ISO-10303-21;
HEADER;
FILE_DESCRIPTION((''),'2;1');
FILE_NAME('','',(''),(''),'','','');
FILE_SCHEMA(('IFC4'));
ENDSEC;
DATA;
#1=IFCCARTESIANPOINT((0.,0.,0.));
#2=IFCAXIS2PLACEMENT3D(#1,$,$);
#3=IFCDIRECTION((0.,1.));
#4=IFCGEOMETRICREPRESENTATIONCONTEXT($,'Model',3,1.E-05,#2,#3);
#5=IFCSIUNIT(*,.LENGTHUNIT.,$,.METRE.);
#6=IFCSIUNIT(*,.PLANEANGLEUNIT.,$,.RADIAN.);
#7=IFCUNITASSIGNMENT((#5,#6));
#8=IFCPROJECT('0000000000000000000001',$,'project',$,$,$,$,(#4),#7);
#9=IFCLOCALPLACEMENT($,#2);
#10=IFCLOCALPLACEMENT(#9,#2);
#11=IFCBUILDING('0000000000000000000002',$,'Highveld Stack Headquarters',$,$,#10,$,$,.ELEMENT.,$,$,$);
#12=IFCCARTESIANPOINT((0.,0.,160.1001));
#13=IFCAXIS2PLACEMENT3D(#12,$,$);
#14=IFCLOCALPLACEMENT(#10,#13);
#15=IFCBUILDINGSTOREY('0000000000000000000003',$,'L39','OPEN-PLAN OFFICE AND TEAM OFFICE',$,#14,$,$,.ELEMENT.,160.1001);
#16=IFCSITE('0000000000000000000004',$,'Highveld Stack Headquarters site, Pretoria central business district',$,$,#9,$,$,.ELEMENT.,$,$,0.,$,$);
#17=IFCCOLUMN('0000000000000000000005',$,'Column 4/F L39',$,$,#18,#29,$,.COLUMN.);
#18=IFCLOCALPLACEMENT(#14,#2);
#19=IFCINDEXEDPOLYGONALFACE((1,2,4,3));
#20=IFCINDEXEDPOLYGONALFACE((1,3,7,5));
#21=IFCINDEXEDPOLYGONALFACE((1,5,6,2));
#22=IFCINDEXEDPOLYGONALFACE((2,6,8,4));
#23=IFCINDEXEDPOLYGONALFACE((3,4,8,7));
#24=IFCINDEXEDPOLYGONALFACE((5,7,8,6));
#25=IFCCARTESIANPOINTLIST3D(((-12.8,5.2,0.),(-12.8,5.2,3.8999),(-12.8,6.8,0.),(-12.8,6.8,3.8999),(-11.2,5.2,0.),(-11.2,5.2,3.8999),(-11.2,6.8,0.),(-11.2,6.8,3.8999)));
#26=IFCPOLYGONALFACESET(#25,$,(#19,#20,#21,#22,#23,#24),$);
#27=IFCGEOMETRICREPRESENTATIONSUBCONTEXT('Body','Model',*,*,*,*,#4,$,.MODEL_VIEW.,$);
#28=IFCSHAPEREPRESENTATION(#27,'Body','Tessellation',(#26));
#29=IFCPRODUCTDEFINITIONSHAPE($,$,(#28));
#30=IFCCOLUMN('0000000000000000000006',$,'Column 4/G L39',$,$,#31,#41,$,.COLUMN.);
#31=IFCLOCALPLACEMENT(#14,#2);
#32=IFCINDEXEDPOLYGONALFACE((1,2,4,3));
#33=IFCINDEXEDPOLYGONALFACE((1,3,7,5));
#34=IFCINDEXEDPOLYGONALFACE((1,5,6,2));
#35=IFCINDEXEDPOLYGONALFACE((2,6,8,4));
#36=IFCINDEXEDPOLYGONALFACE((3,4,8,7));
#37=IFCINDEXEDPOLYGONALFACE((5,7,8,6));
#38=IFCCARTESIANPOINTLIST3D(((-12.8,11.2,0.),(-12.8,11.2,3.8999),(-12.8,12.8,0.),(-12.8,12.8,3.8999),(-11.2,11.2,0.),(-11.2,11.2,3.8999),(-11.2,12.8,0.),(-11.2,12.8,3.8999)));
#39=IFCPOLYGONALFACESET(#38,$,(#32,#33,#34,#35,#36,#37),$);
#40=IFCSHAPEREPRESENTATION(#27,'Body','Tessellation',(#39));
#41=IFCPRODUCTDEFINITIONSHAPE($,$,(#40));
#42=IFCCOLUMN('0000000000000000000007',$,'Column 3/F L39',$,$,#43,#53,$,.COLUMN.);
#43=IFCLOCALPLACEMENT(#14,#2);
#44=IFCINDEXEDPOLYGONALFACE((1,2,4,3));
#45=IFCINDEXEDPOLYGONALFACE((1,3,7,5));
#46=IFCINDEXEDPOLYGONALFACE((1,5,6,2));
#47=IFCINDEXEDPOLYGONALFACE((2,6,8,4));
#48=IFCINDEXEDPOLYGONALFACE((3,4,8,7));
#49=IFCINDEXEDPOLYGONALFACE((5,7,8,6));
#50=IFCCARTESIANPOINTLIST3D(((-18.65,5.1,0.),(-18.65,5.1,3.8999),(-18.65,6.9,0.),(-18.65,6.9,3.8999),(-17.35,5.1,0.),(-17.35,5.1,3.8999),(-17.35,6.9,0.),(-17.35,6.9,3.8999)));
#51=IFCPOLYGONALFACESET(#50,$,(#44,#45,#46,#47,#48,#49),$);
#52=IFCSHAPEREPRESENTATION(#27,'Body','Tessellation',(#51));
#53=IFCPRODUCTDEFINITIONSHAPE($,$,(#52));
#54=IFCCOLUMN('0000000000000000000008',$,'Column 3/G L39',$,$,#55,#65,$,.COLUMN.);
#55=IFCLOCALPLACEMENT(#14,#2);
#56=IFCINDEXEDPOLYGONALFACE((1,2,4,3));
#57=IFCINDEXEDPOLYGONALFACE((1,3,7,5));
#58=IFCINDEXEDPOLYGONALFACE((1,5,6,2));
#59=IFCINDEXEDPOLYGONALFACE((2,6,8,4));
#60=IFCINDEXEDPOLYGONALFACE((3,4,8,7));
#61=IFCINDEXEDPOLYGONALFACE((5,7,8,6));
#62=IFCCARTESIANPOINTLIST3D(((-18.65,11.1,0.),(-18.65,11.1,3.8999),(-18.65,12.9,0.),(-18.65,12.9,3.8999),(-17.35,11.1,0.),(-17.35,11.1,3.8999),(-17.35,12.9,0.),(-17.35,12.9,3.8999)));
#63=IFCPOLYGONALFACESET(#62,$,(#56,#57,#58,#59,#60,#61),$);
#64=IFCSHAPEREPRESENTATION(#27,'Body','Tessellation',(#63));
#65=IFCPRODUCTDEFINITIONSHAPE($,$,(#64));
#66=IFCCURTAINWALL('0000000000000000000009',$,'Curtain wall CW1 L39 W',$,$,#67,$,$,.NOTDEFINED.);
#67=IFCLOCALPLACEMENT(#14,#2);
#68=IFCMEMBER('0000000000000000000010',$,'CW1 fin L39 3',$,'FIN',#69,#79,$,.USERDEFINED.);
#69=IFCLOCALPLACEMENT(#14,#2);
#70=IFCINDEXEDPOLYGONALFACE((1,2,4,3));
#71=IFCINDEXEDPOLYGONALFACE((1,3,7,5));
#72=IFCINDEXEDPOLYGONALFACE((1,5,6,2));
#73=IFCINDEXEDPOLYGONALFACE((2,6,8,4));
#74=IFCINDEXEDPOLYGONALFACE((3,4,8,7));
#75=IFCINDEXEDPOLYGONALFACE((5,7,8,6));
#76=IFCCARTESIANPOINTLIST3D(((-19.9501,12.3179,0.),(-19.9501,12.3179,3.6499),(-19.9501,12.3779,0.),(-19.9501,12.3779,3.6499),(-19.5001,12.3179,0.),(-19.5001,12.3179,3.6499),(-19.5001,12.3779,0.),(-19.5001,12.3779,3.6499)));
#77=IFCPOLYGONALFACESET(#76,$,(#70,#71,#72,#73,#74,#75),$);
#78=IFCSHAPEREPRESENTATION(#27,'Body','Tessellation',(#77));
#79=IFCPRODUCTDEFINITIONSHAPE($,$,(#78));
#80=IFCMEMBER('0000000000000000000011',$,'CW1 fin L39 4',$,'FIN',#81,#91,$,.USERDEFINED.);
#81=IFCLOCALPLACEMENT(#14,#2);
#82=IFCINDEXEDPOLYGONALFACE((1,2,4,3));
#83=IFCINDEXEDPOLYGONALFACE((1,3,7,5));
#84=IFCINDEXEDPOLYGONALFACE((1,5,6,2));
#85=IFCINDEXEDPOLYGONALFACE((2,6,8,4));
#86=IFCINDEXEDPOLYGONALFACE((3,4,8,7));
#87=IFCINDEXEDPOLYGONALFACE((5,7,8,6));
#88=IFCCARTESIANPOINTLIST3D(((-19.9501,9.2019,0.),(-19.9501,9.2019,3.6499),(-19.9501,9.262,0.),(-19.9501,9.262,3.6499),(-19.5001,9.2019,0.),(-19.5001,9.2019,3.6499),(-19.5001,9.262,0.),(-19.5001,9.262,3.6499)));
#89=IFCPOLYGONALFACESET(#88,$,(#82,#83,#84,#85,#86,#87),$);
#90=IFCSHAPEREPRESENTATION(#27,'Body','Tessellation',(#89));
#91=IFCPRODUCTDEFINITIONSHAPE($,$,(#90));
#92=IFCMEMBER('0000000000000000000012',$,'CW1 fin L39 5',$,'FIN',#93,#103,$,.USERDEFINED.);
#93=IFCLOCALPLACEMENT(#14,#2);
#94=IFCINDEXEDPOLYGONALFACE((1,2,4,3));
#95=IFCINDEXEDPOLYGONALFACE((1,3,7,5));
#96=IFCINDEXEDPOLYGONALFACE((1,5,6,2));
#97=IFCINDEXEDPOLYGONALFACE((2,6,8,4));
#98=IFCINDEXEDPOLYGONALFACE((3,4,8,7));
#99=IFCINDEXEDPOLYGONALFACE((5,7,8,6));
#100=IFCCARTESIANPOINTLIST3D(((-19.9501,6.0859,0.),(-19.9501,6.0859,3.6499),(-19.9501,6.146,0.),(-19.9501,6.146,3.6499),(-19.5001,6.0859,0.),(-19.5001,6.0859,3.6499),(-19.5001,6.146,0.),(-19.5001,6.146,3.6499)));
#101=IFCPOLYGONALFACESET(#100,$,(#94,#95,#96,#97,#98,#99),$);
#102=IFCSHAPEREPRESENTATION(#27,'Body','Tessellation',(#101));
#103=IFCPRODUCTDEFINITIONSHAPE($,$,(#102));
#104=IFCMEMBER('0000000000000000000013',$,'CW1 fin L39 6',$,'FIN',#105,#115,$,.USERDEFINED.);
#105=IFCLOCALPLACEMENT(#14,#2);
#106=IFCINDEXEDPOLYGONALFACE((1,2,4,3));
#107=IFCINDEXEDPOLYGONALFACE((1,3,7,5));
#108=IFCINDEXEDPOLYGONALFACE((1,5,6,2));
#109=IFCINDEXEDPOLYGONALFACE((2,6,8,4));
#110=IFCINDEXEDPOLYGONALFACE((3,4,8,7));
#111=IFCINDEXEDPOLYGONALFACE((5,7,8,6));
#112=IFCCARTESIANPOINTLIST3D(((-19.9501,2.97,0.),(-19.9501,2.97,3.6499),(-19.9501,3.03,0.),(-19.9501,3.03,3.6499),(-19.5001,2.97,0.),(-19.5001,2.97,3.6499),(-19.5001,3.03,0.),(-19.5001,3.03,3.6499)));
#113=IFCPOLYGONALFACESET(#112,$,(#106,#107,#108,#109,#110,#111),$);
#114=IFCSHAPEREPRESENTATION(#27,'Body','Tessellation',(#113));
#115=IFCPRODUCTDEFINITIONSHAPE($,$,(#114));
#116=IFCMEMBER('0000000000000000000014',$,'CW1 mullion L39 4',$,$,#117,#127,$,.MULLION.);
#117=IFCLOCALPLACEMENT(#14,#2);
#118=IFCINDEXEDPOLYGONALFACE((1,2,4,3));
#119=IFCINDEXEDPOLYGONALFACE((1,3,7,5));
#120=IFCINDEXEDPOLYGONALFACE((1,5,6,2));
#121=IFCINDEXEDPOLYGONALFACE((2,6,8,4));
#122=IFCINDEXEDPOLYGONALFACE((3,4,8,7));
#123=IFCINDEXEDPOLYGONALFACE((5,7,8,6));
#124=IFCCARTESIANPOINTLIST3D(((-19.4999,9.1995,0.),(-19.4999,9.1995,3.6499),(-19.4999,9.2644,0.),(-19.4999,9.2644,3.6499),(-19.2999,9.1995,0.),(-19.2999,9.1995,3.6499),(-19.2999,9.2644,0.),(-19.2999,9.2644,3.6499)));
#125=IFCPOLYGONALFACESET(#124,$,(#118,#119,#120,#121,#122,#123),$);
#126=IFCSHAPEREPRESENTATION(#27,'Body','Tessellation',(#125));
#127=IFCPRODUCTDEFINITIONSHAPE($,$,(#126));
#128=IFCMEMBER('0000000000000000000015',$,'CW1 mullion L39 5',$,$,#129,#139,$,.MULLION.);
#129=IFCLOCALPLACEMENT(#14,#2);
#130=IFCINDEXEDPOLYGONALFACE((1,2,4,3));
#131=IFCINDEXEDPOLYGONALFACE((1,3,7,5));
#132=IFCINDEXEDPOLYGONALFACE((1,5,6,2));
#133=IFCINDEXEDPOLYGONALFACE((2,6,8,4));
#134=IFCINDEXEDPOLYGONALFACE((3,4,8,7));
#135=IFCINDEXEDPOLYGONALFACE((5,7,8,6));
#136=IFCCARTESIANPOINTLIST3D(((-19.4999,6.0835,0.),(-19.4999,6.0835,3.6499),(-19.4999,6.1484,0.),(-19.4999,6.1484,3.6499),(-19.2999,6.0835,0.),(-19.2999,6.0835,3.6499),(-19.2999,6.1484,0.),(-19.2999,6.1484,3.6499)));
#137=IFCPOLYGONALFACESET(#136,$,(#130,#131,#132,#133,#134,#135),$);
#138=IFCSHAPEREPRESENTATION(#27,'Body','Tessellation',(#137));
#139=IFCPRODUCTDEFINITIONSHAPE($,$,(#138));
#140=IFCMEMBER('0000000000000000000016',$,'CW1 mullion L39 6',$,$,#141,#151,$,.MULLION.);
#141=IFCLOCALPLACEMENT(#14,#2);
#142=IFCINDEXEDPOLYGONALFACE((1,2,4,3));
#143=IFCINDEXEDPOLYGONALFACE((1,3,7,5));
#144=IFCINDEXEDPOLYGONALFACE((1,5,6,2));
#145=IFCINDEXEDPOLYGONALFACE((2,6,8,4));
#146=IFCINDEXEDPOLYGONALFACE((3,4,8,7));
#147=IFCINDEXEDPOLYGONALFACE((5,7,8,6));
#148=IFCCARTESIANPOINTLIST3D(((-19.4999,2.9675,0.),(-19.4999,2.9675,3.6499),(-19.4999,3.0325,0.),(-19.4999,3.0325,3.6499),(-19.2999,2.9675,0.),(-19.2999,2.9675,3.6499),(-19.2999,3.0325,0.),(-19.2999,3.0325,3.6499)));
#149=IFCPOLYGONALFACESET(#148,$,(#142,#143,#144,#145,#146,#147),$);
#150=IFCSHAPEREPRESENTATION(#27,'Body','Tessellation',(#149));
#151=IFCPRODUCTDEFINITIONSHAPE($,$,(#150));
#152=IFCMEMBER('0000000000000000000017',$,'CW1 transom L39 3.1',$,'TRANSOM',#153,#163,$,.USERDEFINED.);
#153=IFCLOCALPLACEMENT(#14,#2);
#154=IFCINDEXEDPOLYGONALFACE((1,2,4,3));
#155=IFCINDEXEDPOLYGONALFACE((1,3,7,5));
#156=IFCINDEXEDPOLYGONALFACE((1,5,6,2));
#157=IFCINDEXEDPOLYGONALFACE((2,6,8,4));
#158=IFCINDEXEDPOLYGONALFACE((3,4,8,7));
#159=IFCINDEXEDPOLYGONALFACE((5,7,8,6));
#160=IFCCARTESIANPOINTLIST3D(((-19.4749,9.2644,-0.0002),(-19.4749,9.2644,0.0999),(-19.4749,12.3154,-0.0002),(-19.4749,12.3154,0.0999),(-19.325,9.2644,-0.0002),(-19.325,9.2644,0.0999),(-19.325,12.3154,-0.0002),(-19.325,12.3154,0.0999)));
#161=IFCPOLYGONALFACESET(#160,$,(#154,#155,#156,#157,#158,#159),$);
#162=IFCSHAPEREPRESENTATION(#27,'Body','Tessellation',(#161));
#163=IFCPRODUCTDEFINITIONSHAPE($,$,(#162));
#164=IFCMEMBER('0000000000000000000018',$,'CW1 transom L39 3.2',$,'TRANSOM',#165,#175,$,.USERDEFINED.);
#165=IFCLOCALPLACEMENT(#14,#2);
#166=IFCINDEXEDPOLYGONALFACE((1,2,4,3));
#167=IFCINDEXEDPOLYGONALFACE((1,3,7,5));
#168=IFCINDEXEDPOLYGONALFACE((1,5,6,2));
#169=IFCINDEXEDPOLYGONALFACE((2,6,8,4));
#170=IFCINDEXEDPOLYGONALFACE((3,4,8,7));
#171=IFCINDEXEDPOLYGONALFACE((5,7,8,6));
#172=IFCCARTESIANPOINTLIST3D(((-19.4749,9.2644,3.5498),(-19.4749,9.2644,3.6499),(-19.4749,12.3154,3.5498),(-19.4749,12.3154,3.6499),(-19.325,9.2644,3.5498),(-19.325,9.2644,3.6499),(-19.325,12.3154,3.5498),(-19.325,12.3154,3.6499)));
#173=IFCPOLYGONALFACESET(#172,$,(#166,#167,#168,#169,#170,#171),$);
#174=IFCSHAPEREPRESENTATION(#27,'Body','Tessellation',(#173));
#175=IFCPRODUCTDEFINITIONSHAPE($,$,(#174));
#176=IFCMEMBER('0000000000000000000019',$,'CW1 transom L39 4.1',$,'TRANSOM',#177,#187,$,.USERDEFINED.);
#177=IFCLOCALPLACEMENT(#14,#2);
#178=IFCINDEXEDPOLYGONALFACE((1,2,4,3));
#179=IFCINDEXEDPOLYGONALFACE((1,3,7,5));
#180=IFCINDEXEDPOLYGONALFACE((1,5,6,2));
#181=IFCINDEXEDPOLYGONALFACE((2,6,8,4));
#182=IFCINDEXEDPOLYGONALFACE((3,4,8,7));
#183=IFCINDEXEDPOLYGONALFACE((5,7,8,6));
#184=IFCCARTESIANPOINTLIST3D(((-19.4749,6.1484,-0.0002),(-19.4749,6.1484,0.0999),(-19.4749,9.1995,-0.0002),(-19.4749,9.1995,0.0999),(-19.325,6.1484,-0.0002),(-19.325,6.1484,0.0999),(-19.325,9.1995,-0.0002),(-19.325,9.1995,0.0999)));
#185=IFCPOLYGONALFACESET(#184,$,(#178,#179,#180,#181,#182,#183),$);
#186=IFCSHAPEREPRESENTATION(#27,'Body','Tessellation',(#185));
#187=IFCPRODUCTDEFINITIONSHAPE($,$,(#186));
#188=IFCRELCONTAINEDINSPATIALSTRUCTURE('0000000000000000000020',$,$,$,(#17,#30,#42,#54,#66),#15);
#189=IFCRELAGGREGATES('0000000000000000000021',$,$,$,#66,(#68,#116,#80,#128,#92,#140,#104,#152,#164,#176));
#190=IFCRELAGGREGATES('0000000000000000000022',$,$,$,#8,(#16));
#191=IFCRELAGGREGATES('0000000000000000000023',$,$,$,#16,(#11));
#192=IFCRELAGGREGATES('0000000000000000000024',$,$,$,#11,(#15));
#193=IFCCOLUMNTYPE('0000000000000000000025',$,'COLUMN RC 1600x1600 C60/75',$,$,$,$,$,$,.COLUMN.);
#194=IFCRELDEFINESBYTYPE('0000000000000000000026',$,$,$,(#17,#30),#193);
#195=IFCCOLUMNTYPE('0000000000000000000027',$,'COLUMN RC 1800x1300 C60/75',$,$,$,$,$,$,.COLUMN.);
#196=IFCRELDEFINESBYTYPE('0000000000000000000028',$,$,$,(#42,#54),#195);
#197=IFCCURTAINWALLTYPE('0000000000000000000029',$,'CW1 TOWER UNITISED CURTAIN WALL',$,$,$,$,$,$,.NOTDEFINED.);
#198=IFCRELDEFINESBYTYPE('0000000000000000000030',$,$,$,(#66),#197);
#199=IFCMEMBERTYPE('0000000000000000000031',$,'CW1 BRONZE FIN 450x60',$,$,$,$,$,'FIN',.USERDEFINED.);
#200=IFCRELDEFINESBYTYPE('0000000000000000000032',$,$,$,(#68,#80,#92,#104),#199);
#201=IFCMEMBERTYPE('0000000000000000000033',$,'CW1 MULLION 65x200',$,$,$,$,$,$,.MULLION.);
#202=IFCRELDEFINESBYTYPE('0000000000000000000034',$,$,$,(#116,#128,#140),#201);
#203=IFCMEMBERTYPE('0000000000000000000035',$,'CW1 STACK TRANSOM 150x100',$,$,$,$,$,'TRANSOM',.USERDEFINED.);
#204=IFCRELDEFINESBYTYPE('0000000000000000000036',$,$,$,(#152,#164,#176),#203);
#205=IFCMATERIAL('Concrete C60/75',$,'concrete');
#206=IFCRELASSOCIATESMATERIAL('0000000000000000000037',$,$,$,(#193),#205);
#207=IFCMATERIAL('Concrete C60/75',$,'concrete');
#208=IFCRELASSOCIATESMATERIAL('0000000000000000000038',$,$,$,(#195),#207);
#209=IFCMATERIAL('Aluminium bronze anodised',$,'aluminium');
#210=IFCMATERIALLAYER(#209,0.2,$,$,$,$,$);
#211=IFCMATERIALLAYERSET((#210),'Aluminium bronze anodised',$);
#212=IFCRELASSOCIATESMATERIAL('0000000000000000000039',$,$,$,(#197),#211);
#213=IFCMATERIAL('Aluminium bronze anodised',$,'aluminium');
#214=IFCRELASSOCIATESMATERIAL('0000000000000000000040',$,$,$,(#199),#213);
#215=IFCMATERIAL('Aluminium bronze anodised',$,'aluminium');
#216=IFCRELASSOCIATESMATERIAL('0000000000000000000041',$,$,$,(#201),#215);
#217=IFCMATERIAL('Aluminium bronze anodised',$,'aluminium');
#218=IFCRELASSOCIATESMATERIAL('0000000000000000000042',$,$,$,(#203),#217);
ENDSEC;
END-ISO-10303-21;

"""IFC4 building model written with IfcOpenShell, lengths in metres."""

from ifc_helpers import new_model, si_unit, direction, frame, origin, origin_2d, place, context, subcontext, project, spatial, rectangle, extrude, material, layer, layer_set, material_profile, profile_set, type_object, element, aggregate, save


model = new_model("IFC4")

# Units and contexts
model_context = context("Model", 3, precision=1e-05, world=origin(), true_north=direction((0.0, 1.0)))
body_context = subcontext(model_context, "Body", "Model", "MODEL_VIEW")
ifc_project = project(units=[si_unit("LENGTHUNIT", "METRE"), si_unit("PLANEANGLEUNIT", "RADIAN")], contexts=[model_context])

# Site, building, storey
site_placement = place(None, origin())
site = spatial("IfcSite", under=ifc_project, at=site_placement, Name="Highveld Stack Headquarters site, Pretoria central business district", CompositionType="ELEMENT", RefElevation=0.0)
building_placement = place(site_placement, origin())
building = spatial("IfcBuilding", under=site, at=building_placement, Name="Highveld Stack Headquarters", CompositionType="ELEMENT")
storey_placement = place(building_placement, frame((0.0, 0.0, 160.1001)))
storey = spatial("IfcBuildingStorey", under=building, at=storey_placement, Name="L39", Description="OPEN-PLAN OFFICE AND TEAM OFFICE", CompositionType="ELEMENT", Elevation=160.1001)

# Columns
ifc_material_1 = material(Name="Concrete C60/75", Category="concrete")
ifc_material_profile_1 = material_profile(ifc_material_1, rectangle(XDim=1.6001, YDim=1.6001, at=origin_2d()), Name="RC 1600x1600")
ifc_profile_set_1 = profile_set([ifc_material_profile_1], Name="Concrete C60/75")
column_type_1 = type_object("IfcColumnType", Name="COLUMN RC 1600x1600 C60/75", PredefinedType="COLUMN", material=ifc_profile_set_1)
for number, where, z_axis, x_axis, name in (
    (1, (-12.0, 6.0, 0.0), (0.0, 0.0, 1.0), (1.0, 0.0, 0.0), "Column 4/F L39"),
    (2, (-12.0, 12.0, 0.0), (0.0, 0.0, 1.0), (1.0, 0.0, 0.0), "Column 4/G L39"),
):
    element("IfcColumn", number, at=place(storey_placement, frame(where, z_axis=z_axis, x_axis=x_axis)), inside=storey, type_object=column_type_1, Name=name, PredefinedType="COLUMN", context=body_context, shape_type="SweptSolid", body=[
        extrude(rectangle(XDim=1.6001, YDim=1.6001, at=origin_2d()), origin(), (0.0, 0.0, 1.0), 3.8999),
    ])
ifc_material_2 = material(Name="Concrete C60/75", Category="concrete")
ifc_material_profile_2 = material_profile(ifc_material_2, rectangle(XDim=1.8, YDim=1.3, at=origin_2d()), Name="RC 1800x1300")
ifc_profile_set_2 = profile_set([ifc_material_profile_2], Name="Concrete C60/75")
column_type_2 = type_object("IfcColumnType", Name="COLUMN RC 1800x1300 C60/75", PredefinedType="COLUMN", material=ifc_profile_set_2)
for number, where, z_axis, x_axis, name in (
    (3, (-18.0, 6.0, 0.0), (0.0, 0.0, 1.0), (0.0, 1.0, 0.0), "Column 3/F L39"),
    (4, (-18.0, 12.0, 0.0), (0.0, 0.0, 1.0), (0.0, 1.0, 0.0), "Column 3/G L39"),
):
    element("IfcColumn", number, at=place(storey_placement, frame(where, z_axis=z_axis, x_axis=x_axis)), inside=storey, type_object=column_type_2, Name=name, PredefinedType="COLUMN", context=body_context, shape_type="SweptSolid", body=[
        extrude(rectangle(XDim=1.8, YDim=1.3, at=origin_2d()), origin(), (0.0, 0.0, 1.0), 3.8999),
    ])

# Curtain wall, members
ifc_material_3 = material(Name="Aluminium bronze anodised", Category="aluminium")
ifc_layer_1 = layer(ifc_material_3, 0.2)
ifc_layer_set_1 = layer_set([ifc_layer_1], Name="Aluminium bronze anodised")
curtain_wall_type = type_object("IfcCurtainWallType", Name="CW1 TOWER UNITISED CURTAIN WALL", PredefinedType="NOTDEFINED", material=ifc_layer_set_1)
curtain_wall_placement = place(storey_placement, origin())
curtain_wall = element("IfcCurtainWall", 5, at=curtain_wall_placement, inside=storey, type_object=curtain_wall_type, Name="Curtain wall CW1 L39 W", PredefinedType="NOTDEFINED")
ifc_material_4 = material(Name="Aluminium bronze anodised", Category="aluminium")
ifc_material_profile_3 = material_profile(ifc_material_4, rectangle(XDim=0.45, YDim=0.0601, at=origin_2d()), Name="FIN 450x60")
ifc_profile_set_3 = profile_set([ifc_material_profile_3], Name="Aluminium bronze anodised")
member_type_1 = type_object("IfcMemberType", Name="CW1 BRONZE FIN 450x60", ElementType="FIN", PredefinedType="USERDEFINED", material=ifc_profile_set_3)
member_1_placement = place(storey_placement, frame((-19.7251, 12.3479, 0.0), z_axis=(0.0, 0.0, 1.0), x_axis=(1.0, 0.0, 0.0)))
member_1 = element("IfcMember", 6, at=member_1_placement, type_object=member_type_1, Name="CW1 fin L39 3", ObjectType="FIN", PredefinedType="USERDEFINED", context=body_context, shape_type="SweptSolid", body=[
    extrude(rectangle(XDim=0.45, YDim=0.0601, at=origin_2d()), origin(), (0.0, 0.0, 1.0), 3.6499),
])
member_2_placement = place(storey_placement, frame((-19.7251, 9.2319, 0.0), z_axis=(0.0, 0.0, 1.0), x_axis=(1.0, 0.0, 0.0)))
member_2 = element("IfcMember", 7, at=member_2_placement, type_object=member_type_1, Name="CW1 fin L39 4", ObjectType="FIN", PredefinedType="USERDEFINED", context=body_context, shape_type="SweptSolid", body=[
    extrude(rectangle(XDim=0.45, YDim=0.0601, at=origin_2d()), origin(), (0.0, 0.0, 1.0), 3.6499),
])
member_3_placement = place(storey_placement, frame((-19.7251, 6.116, 0.0), z_axis=(0.0, 0.0, 1.0), x_axis=(1.0, 0.0, 0.0)))
member_3 = element("IfcMember", 8, at=member_3_placement, type_object=member_type_1, Name="CW1 fin L39 5", ObjectType="FIN", PredefinedType="USERDEFINED", context=body_context, shape_type="SweptSolid", body=[
    extrude(rectangle(XDim=0.45, YDim=0.0601, at=origin_2d()), origin(), (0.0, 0.0, 1.0), 3.6499),
])
member_4_placement = place(storey_placement, frame((-19.7251, 3.0, 0.0), z_axis=(0.0, 0.0, 1.0), x_axis=(1.0, 0.0, 0.0)))
member_4 = element("IfcMember", 9, at=member_4_placement, type_object=member_type_1, Name="CW1 fin L39 6", ObjectType="FIN", PredefinedType="USERDEFINED", context=body_context, shape_type="SweptSolid", body=[
    extrude(rectangle(XDim=0.45, YDim=0.0601, at=origin_2d()), origin(), (0.0, 0.0, 1.0), 3.6499),
])
ifc_material_5 = material(Name="Aluminium bronze anodised", Category="aluminium")
ifc_material_profile_4 = material_profile(ifc_material_5, rectangle(XDim=0.2, YDim=0.0649, at=origin_2d()), Name="CW1 MULLION 65x200")
ifc_profile_set_4 = profile_set([ifc_material_profile_4], Name="Aluminium bronze anodised")
member_type_2 = type_object("IfcMemberType", Name="CW1 MULLION 65x200", PredefinedType="MULLION", material=ifc_profile_set_4)
member_5_placement = place(storey_placement, frame((-19.3999, 9.2319, 0.0), z_axis=(0.0, 0.0, 1.0), x_axis=(1.0, 0.0, 0.0)))
member_5 = element("IfcMember", 10, at=member_5_placement, type_object=member_type_2, Name="CW1 mullion L39 4", PredefinedType="MULLION", context=body_context, shape_type="SweptSolid", body=[
    extrude(rectangle(XDim=0.2, YDim=0.0649, at=origin_2d()), origin(), (0.0, 0.0, 1.0), 3.6499),
])
member_6_placement = place(storey_placement, frame((-19.3999, 6.116, 0.0), z_axis=(0.0, 0.0, 1.0), x_axis=(1.0, 0.0, 0.0)))
member_6 = element("IfcMember", 11, at=member_6_placement, type_object=member_type_2, Name="CW1 mullion L39 5", PredefinedType="MULLION", context=body_context, shape_type="SweptSolid", body=[
    extrude(rectangle(XDim=0.2, YDim=0.0649, at=origin_2d()), origin(), (0.0, 0.0, 1.0), 3.6499),
])
member_7_placement = place(storey_placement, frame((-19.3999, 3.0, 0.0), z_axis=(0.0, 0.0, 1.0), x_axis=(1.0, 0.0, 0.0)))
member_7 = element("IfcMember", 12, at=member_7_placement, type_object=member_type_2, Name="CW1 mullion L39 6", PredefinedType="MULLION", context=body_context, shape_type="SweptSolid", body=[
    extrude(rectangle(XDim=0.2, YDim=0.0649, at=origin_2d()), origin(), (0.0, 0.0, 1.0), 3.6499),
])
ifc_material_6 = material(Name="Aluminium bronze anodised", Category="aluminium")
ifc_material_profile_5 = material_profile(ifc_material_6, rectangle(XDim=0.1499, YDim=0.1001, at=origin_2d()), Name="CW1 TRANSOM 150x100")
ifc_profile_set_5 = profile_set([ifc_material_profile_5], Name="Aluminium bronze anodised")
member_type_3 = type_object("IfcMemberType", Name="CW1 STACK TRANSOM 150x100", ElementType="TRANSOM", PredefinedType="USERDEFINED", material=ifc_profile_set_5)
member_8_placement = place(storey_placement, frame((-19.3999, 12.3154, 0.0498), z_axis=(0.0, -1.0, 0.0), x_axis=(1.0, 0.0, 0.0)))
member_8 = element("IfcMember", 13, at=member_8_placement, type_object=member_type_3, Name="CW1 transom L39 3.1", ObjectType="TRANSOM", PredefinedType="USERDEFINED", context=body_context, shape_type="SweptSolid", body=[
    extrude(rectangle(XDim=0.1499, YDim=0.1001, at=origin_2d()), origin(), (0.0, 0.0, 1.0), 3.051),
])
member_9_placement = place(storey_placement, frame((-19.3999, 12.3154, 3.5999), z_axis=(0.0, -1.0, 0.0), x_axis=(1.0, 0.0, 0.0)))
member_9 = element("IfcMember", 14, at=member_9_placement, type_object=member_type_3, Name="CW1 transom L39 3.2", ObjectType="TRANSOM", PredefinedType="USERDEFINED", context=body_context, shape_type="SweptSolid", body=[
    extrude(rectangle(XDim=0.1499, YDim=0.1001, at=origin_2d()), origin(), (0.0, 0.0, 1.0), 3.051),
])
member_10_placement = place(storey_placement, frame((-19.3999, 9.1995, 0.0498), z_axis=(0.0, -1.0, 0.0), x_axis=(1.0, 0.0, 0.0)))
member_10 = element("IfcMember", 15, at=member_10_placement, type_object=member_type_3, Name="CW1 transom L39 4.1", ObjectType="TRANSOM", PredefinedType="USERDEFINED", context=body_context, shape_type="SweptSolid", body=[
    extrude(rectangle(XDim=0.1499, YDim=0.1001, at=origin_2d()), origin(), (0.0, 0.0, 1.0), 3.051),
])
aggregate(curtain_wall, [member_1, member_5, member_2, member_6, member_3, member_7, member_4, member_8, member_9, member_10])

save(model, "model.ifc")
